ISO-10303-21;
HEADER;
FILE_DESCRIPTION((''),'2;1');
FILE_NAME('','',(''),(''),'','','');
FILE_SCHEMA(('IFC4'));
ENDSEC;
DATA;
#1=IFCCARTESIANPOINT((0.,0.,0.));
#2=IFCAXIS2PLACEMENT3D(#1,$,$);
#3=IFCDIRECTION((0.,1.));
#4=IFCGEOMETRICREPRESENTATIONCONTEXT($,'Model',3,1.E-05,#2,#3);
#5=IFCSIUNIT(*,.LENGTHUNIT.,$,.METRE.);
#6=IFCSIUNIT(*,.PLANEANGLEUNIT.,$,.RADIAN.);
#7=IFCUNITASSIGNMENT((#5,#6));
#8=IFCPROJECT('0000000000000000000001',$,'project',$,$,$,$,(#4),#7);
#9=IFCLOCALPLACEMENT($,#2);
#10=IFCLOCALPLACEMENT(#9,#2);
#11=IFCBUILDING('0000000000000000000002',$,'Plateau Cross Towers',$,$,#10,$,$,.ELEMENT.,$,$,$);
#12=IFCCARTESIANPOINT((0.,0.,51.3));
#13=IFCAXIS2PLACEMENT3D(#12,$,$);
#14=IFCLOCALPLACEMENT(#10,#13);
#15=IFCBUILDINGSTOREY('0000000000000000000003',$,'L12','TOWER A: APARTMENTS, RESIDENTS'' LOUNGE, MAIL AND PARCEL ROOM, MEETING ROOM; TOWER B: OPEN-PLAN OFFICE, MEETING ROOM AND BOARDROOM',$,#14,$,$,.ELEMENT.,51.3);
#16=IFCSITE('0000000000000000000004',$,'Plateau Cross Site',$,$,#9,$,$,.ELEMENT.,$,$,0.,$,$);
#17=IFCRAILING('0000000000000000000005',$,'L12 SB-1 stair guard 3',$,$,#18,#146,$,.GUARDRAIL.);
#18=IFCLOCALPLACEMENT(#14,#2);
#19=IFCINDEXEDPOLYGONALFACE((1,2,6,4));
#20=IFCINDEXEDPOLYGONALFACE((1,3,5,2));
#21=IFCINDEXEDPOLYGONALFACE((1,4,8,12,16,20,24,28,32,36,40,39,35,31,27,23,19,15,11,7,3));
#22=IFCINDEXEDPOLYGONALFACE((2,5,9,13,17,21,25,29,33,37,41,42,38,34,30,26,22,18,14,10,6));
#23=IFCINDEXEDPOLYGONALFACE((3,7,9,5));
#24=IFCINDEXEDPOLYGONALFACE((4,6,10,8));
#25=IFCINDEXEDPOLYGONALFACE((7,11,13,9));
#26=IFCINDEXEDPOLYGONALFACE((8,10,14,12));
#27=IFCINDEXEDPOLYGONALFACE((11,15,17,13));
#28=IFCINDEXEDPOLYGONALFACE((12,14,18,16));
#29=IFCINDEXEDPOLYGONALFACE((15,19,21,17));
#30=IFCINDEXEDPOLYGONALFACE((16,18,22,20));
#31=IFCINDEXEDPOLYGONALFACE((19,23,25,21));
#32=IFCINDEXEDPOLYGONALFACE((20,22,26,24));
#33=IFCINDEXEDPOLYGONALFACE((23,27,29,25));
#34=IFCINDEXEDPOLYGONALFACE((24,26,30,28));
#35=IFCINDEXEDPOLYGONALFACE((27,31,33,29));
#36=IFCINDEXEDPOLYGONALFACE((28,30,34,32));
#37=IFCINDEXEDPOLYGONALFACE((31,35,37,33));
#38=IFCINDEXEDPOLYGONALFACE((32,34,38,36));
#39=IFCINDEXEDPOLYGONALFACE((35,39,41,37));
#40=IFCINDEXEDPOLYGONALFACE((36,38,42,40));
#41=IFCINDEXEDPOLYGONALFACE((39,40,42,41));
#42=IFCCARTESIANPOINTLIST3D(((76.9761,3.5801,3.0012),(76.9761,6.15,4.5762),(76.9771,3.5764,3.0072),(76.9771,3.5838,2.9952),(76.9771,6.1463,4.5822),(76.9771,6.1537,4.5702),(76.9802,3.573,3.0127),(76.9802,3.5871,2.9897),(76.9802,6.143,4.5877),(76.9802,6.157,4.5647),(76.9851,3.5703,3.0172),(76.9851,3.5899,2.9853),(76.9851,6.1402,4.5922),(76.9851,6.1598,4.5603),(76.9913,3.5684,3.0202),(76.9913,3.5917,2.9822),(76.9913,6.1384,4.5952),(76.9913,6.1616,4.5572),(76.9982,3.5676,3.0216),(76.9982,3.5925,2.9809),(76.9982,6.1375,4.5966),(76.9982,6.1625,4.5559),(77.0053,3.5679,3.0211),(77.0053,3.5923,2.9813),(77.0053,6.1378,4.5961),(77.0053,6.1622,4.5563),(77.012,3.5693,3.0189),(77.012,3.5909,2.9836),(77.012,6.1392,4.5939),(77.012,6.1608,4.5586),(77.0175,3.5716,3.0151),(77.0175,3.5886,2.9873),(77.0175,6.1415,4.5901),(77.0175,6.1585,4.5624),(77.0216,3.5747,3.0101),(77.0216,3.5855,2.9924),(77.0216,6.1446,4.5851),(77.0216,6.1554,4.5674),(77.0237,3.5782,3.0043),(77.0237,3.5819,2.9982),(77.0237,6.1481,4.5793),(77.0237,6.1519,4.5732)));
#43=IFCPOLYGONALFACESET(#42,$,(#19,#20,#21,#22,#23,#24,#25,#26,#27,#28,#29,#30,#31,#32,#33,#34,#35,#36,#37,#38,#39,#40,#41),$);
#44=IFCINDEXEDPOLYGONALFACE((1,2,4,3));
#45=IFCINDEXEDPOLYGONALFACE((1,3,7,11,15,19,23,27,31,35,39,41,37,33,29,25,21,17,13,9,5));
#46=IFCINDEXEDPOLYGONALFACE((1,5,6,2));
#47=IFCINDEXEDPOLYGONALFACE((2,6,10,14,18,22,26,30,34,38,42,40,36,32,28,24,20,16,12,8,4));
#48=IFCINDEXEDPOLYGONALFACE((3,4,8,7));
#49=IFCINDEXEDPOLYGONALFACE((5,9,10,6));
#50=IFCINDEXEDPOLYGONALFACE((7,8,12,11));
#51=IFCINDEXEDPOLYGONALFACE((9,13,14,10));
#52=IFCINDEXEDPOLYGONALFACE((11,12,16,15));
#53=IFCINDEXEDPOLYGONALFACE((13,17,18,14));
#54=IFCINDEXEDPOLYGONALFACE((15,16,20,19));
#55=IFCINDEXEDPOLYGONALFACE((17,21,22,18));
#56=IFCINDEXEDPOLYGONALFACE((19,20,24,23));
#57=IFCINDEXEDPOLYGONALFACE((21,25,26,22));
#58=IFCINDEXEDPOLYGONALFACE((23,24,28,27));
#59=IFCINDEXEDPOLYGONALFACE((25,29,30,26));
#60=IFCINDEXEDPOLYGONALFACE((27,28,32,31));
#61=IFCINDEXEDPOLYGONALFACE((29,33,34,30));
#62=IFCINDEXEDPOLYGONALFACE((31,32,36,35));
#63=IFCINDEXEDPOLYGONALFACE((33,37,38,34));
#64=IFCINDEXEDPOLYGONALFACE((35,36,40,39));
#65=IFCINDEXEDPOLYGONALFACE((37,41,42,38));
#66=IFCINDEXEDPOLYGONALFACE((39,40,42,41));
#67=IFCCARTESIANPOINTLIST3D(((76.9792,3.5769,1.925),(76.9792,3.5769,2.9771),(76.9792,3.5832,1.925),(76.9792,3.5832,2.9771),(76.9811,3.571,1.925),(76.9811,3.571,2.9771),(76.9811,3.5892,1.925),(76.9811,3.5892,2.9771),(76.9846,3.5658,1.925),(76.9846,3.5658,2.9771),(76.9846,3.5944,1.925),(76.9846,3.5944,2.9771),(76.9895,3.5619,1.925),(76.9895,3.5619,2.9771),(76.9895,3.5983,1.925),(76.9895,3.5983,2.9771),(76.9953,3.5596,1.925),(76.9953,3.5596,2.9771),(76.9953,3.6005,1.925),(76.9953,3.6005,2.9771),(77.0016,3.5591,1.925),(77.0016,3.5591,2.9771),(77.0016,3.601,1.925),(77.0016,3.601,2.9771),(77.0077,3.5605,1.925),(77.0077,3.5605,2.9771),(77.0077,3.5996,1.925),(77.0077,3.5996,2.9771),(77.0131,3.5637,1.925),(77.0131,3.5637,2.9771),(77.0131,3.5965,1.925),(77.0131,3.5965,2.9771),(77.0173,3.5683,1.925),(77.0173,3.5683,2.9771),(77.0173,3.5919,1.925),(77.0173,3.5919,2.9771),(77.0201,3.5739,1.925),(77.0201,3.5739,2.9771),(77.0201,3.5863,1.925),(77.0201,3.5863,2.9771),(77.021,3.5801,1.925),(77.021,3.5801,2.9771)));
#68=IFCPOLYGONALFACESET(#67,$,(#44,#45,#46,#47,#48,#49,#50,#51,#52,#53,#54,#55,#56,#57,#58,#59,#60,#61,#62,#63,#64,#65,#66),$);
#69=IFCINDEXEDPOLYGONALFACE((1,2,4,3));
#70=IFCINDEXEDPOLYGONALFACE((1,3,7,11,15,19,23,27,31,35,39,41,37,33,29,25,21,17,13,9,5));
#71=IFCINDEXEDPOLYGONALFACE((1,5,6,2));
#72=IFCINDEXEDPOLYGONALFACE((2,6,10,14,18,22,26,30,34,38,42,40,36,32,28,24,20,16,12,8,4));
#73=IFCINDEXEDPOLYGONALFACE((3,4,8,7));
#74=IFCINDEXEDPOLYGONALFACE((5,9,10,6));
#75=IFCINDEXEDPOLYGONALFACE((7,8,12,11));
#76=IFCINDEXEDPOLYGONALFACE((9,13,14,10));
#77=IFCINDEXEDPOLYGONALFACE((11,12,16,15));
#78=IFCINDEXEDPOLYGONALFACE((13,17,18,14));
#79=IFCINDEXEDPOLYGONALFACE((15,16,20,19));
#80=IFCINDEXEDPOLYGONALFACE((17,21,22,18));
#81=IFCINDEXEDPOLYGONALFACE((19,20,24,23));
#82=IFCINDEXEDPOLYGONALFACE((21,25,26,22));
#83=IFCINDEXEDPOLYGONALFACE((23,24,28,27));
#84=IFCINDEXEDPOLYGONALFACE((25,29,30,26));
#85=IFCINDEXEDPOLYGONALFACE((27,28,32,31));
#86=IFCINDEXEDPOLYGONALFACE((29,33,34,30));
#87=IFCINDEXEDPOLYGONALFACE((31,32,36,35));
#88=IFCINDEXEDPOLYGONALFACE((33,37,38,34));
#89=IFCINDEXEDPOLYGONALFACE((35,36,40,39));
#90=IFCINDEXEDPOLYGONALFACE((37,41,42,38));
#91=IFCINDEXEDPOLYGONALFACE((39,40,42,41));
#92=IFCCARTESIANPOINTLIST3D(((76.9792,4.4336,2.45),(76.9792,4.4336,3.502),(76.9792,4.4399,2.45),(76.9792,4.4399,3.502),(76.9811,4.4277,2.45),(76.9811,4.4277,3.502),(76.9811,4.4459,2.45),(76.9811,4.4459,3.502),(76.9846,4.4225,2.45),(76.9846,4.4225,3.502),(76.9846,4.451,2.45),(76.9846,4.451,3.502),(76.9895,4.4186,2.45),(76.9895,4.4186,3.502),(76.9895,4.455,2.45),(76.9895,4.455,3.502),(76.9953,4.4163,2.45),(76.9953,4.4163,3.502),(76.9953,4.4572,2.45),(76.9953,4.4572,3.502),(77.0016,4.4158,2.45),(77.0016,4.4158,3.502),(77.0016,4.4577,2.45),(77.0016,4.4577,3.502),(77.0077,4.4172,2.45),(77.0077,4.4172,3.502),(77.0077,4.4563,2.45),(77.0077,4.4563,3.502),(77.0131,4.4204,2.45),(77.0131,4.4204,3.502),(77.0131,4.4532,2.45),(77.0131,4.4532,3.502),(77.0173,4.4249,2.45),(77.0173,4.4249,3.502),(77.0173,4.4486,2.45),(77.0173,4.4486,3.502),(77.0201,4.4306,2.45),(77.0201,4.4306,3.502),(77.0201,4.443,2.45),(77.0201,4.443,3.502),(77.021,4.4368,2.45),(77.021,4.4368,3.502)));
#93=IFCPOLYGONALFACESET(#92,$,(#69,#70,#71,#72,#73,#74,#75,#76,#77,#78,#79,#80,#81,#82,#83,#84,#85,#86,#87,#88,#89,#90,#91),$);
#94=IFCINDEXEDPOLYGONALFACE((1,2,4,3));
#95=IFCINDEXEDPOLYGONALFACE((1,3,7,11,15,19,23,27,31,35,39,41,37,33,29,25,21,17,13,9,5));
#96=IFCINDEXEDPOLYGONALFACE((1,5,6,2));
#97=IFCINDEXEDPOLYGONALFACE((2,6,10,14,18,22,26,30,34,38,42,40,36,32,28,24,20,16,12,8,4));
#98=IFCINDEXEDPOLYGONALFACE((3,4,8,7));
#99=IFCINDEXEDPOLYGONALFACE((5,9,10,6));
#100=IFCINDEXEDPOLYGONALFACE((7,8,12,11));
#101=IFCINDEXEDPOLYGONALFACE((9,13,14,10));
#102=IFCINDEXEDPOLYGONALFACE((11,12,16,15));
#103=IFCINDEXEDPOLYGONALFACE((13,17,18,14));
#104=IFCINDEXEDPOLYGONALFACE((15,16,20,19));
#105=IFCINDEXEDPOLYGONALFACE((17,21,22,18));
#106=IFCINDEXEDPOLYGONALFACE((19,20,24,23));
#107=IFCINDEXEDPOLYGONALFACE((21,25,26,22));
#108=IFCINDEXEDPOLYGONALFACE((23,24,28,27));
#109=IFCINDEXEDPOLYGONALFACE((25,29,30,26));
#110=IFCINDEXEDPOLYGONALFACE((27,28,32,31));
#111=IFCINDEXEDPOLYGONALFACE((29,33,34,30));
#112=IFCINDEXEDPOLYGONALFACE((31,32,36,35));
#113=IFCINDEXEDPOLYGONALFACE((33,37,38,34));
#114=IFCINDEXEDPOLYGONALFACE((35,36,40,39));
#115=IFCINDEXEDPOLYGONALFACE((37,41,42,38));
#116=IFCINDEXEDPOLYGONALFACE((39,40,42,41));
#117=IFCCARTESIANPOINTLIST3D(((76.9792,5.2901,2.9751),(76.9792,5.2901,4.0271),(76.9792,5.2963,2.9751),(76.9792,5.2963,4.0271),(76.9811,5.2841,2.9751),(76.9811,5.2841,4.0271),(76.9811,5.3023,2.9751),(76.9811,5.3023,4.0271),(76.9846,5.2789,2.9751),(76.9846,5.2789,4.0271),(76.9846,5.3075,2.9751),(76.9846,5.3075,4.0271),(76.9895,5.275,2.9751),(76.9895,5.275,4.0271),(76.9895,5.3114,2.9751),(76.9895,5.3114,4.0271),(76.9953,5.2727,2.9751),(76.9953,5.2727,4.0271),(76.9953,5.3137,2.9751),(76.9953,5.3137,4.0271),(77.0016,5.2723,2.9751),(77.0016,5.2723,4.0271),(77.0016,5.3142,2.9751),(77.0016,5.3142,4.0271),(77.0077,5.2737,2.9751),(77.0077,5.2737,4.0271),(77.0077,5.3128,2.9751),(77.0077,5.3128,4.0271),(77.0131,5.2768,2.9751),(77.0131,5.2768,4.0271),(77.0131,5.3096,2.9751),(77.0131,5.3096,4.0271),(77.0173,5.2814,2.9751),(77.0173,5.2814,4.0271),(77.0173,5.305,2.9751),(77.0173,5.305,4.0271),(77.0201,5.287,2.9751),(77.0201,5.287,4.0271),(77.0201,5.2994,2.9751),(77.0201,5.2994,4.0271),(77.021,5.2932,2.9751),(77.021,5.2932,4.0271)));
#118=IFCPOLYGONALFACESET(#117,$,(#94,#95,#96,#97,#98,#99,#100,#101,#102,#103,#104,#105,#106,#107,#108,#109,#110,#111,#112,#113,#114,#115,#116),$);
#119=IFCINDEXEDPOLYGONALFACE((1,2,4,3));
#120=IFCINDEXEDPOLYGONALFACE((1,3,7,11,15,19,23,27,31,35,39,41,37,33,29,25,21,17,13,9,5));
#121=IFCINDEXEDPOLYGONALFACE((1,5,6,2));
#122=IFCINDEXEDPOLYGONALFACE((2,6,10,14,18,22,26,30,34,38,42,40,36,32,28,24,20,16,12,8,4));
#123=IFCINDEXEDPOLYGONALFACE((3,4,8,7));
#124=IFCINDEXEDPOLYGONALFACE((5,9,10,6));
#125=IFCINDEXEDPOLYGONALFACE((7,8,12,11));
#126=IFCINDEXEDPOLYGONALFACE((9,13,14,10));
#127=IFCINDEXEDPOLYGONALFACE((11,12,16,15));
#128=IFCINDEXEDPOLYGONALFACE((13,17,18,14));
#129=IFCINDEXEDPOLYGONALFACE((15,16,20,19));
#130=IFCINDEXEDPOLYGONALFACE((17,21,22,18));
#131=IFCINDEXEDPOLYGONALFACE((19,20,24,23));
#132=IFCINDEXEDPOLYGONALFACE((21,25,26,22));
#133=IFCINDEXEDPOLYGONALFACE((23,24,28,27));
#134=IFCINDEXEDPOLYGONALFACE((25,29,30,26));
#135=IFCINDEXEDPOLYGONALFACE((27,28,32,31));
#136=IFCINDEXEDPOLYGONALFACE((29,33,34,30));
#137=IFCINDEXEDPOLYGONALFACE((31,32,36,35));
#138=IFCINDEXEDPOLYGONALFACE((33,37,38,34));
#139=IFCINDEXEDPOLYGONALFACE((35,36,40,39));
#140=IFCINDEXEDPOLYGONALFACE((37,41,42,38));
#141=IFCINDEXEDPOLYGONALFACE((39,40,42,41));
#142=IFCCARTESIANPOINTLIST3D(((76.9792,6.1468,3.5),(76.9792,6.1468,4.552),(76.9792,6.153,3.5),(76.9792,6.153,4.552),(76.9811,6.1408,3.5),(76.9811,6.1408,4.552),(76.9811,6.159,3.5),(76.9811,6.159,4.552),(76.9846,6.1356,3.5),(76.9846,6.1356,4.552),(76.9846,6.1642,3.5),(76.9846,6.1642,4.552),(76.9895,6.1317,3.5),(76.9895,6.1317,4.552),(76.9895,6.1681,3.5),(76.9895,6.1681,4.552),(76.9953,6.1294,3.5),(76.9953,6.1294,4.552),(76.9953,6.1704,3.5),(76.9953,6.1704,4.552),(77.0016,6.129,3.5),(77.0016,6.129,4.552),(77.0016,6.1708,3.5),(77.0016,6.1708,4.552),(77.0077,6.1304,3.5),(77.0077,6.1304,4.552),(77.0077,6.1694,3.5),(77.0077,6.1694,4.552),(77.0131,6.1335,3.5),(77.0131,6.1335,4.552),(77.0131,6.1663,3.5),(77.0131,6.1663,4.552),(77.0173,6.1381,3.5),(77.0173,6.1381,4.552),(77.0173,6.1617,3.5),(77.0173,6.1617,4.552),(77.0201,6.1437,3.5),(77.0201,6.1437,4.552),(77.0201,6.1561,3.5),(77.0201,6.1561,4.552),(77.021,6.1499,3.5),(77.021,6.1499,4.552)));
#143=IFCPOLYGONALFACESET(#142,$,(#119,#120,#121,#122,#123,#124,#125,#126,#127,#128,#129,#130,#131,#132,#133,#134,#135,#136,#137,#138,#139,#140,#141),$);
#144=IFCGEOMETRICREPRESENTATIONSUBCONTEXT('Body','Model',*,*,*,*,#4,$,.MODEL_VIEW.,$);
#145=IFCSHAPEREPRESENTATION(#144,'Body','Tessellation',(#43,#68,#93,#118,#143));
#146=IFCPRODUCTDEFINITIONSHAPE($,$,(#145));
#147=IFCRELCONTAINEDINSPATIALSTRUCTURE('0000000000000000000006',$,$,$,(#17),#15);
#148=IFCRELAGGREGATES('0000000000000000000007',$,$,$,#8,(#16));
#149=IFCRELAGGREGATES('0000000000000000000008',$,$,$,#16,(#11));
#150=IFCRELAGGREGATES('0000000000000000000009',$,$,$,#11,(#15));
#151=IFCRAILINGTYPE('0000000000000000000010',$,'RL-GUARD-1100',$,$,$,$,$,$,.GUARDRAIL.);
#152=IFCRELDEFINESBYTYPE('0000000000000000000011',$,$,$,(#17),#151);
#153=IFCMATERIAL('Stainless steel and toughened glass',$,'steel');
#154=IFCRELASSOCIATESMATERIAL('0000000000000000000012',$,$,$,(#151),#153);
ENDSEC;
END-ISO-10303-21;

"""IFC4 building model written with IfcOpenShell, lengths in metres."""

from ifc_helpers import new_model, si_unit, direction, frame, origin, origin_2d, place, context, subcontext, project, spatial, circle, extrude, material, type_object, element, save


model = new_model("IFC4")

# Units and contexts
model_context = context("Model", 3, precision=1e-05, world=origin(), true_north=direction((0.0, 1.0)))
body_context = subcontext(model_context, "Body", "Model", "MODEL_VIEW")
ifc_project = project(units=[si_unit("LENGTHUNIT", "METRE"), si_unit("PLANEANGLEUNIT", "RADIAN")], contexts=[model_context])

# Site, building, storey
site_placement = place(None, origin())
site = spatial("IfcSite", under=ifc_project, at=site_placement, Name="Plateau Cross Site", CompositionType="ELEMENT", RefElevation=0.0)
building_placement = place(site_placement, origin())
building = spatial("IfcBuilding", under=site, at=building_placement, Name="Plateau Cross Towers", CompositionType="ELEMENT")
storey_placement = place(building_placement, frame((0.0, 0.0, 51.3)))
storey = spatial("IfcBuildingStorey", under=building, at=storey_placement, Name="L12", Description="TOWER A: APARTMENTS, RESIDENTS' LOUNGE, MAIL AND PARCEL ROOM, MEETING ROOM; TOWER B: OPEN-PLAN OFFICE, MEETING ROOM AND BOARDROOM", CompositionType="ELEMENT", Elevation=51.3)

# Railing
ifc_material_1 = material(Name="Stainless steel and toughened glass", Category="steel")
railing_type_1 = type_object("IfcRailingType", Name="RL-GUARD-1100", PredefinedType="GUARDRAIL", material=ifc_material_1)
railing_1_placement = place(storey_placement, frame((77.0, 3.5801, 1.925)))
element("IfcRailing", 1, at=railing_1_placement, inside=storey, type_object=railing_type_1, Name="L12 SB-1 stair guard 3", PredefinedType="GUARDRAIL", context=body_context, shape_type="SweptSolid", body=[
    extrude(circle(Radius=0.0239, at=origin_2d()), frame((0.0, 0.0, 1.0762), z_axis=(0.0, 0.852616, 0.522537), x_axis=(-1.0, 0.0, 0.0)), (0.0, 0.0, 1.0), 3.0142),
    extrude(circle(Radius=0.021, at=origin_2d()), origin(), (0.0, 0.0, 1.0), 1.052),
    extrude(circle(Radius=0.021, at=origin_2d()), frame((0.0, 0.8567, 0.5249)), (0.0, 0.0, 1.0), 1.052),
    extrude(circle(Radius=0.021, at=origin_2d()), frame((0.0, 1.7131, 1.05)), (0.0, 0.0, 1.0), 1.052),
    extrude(circle(Radius=0.021, at=origin_2d()), frame((0.0, 2.5698, 1.575)), (0.0, 0.0, 1.0), 1.052),
])

save(model, "model.ifc")
